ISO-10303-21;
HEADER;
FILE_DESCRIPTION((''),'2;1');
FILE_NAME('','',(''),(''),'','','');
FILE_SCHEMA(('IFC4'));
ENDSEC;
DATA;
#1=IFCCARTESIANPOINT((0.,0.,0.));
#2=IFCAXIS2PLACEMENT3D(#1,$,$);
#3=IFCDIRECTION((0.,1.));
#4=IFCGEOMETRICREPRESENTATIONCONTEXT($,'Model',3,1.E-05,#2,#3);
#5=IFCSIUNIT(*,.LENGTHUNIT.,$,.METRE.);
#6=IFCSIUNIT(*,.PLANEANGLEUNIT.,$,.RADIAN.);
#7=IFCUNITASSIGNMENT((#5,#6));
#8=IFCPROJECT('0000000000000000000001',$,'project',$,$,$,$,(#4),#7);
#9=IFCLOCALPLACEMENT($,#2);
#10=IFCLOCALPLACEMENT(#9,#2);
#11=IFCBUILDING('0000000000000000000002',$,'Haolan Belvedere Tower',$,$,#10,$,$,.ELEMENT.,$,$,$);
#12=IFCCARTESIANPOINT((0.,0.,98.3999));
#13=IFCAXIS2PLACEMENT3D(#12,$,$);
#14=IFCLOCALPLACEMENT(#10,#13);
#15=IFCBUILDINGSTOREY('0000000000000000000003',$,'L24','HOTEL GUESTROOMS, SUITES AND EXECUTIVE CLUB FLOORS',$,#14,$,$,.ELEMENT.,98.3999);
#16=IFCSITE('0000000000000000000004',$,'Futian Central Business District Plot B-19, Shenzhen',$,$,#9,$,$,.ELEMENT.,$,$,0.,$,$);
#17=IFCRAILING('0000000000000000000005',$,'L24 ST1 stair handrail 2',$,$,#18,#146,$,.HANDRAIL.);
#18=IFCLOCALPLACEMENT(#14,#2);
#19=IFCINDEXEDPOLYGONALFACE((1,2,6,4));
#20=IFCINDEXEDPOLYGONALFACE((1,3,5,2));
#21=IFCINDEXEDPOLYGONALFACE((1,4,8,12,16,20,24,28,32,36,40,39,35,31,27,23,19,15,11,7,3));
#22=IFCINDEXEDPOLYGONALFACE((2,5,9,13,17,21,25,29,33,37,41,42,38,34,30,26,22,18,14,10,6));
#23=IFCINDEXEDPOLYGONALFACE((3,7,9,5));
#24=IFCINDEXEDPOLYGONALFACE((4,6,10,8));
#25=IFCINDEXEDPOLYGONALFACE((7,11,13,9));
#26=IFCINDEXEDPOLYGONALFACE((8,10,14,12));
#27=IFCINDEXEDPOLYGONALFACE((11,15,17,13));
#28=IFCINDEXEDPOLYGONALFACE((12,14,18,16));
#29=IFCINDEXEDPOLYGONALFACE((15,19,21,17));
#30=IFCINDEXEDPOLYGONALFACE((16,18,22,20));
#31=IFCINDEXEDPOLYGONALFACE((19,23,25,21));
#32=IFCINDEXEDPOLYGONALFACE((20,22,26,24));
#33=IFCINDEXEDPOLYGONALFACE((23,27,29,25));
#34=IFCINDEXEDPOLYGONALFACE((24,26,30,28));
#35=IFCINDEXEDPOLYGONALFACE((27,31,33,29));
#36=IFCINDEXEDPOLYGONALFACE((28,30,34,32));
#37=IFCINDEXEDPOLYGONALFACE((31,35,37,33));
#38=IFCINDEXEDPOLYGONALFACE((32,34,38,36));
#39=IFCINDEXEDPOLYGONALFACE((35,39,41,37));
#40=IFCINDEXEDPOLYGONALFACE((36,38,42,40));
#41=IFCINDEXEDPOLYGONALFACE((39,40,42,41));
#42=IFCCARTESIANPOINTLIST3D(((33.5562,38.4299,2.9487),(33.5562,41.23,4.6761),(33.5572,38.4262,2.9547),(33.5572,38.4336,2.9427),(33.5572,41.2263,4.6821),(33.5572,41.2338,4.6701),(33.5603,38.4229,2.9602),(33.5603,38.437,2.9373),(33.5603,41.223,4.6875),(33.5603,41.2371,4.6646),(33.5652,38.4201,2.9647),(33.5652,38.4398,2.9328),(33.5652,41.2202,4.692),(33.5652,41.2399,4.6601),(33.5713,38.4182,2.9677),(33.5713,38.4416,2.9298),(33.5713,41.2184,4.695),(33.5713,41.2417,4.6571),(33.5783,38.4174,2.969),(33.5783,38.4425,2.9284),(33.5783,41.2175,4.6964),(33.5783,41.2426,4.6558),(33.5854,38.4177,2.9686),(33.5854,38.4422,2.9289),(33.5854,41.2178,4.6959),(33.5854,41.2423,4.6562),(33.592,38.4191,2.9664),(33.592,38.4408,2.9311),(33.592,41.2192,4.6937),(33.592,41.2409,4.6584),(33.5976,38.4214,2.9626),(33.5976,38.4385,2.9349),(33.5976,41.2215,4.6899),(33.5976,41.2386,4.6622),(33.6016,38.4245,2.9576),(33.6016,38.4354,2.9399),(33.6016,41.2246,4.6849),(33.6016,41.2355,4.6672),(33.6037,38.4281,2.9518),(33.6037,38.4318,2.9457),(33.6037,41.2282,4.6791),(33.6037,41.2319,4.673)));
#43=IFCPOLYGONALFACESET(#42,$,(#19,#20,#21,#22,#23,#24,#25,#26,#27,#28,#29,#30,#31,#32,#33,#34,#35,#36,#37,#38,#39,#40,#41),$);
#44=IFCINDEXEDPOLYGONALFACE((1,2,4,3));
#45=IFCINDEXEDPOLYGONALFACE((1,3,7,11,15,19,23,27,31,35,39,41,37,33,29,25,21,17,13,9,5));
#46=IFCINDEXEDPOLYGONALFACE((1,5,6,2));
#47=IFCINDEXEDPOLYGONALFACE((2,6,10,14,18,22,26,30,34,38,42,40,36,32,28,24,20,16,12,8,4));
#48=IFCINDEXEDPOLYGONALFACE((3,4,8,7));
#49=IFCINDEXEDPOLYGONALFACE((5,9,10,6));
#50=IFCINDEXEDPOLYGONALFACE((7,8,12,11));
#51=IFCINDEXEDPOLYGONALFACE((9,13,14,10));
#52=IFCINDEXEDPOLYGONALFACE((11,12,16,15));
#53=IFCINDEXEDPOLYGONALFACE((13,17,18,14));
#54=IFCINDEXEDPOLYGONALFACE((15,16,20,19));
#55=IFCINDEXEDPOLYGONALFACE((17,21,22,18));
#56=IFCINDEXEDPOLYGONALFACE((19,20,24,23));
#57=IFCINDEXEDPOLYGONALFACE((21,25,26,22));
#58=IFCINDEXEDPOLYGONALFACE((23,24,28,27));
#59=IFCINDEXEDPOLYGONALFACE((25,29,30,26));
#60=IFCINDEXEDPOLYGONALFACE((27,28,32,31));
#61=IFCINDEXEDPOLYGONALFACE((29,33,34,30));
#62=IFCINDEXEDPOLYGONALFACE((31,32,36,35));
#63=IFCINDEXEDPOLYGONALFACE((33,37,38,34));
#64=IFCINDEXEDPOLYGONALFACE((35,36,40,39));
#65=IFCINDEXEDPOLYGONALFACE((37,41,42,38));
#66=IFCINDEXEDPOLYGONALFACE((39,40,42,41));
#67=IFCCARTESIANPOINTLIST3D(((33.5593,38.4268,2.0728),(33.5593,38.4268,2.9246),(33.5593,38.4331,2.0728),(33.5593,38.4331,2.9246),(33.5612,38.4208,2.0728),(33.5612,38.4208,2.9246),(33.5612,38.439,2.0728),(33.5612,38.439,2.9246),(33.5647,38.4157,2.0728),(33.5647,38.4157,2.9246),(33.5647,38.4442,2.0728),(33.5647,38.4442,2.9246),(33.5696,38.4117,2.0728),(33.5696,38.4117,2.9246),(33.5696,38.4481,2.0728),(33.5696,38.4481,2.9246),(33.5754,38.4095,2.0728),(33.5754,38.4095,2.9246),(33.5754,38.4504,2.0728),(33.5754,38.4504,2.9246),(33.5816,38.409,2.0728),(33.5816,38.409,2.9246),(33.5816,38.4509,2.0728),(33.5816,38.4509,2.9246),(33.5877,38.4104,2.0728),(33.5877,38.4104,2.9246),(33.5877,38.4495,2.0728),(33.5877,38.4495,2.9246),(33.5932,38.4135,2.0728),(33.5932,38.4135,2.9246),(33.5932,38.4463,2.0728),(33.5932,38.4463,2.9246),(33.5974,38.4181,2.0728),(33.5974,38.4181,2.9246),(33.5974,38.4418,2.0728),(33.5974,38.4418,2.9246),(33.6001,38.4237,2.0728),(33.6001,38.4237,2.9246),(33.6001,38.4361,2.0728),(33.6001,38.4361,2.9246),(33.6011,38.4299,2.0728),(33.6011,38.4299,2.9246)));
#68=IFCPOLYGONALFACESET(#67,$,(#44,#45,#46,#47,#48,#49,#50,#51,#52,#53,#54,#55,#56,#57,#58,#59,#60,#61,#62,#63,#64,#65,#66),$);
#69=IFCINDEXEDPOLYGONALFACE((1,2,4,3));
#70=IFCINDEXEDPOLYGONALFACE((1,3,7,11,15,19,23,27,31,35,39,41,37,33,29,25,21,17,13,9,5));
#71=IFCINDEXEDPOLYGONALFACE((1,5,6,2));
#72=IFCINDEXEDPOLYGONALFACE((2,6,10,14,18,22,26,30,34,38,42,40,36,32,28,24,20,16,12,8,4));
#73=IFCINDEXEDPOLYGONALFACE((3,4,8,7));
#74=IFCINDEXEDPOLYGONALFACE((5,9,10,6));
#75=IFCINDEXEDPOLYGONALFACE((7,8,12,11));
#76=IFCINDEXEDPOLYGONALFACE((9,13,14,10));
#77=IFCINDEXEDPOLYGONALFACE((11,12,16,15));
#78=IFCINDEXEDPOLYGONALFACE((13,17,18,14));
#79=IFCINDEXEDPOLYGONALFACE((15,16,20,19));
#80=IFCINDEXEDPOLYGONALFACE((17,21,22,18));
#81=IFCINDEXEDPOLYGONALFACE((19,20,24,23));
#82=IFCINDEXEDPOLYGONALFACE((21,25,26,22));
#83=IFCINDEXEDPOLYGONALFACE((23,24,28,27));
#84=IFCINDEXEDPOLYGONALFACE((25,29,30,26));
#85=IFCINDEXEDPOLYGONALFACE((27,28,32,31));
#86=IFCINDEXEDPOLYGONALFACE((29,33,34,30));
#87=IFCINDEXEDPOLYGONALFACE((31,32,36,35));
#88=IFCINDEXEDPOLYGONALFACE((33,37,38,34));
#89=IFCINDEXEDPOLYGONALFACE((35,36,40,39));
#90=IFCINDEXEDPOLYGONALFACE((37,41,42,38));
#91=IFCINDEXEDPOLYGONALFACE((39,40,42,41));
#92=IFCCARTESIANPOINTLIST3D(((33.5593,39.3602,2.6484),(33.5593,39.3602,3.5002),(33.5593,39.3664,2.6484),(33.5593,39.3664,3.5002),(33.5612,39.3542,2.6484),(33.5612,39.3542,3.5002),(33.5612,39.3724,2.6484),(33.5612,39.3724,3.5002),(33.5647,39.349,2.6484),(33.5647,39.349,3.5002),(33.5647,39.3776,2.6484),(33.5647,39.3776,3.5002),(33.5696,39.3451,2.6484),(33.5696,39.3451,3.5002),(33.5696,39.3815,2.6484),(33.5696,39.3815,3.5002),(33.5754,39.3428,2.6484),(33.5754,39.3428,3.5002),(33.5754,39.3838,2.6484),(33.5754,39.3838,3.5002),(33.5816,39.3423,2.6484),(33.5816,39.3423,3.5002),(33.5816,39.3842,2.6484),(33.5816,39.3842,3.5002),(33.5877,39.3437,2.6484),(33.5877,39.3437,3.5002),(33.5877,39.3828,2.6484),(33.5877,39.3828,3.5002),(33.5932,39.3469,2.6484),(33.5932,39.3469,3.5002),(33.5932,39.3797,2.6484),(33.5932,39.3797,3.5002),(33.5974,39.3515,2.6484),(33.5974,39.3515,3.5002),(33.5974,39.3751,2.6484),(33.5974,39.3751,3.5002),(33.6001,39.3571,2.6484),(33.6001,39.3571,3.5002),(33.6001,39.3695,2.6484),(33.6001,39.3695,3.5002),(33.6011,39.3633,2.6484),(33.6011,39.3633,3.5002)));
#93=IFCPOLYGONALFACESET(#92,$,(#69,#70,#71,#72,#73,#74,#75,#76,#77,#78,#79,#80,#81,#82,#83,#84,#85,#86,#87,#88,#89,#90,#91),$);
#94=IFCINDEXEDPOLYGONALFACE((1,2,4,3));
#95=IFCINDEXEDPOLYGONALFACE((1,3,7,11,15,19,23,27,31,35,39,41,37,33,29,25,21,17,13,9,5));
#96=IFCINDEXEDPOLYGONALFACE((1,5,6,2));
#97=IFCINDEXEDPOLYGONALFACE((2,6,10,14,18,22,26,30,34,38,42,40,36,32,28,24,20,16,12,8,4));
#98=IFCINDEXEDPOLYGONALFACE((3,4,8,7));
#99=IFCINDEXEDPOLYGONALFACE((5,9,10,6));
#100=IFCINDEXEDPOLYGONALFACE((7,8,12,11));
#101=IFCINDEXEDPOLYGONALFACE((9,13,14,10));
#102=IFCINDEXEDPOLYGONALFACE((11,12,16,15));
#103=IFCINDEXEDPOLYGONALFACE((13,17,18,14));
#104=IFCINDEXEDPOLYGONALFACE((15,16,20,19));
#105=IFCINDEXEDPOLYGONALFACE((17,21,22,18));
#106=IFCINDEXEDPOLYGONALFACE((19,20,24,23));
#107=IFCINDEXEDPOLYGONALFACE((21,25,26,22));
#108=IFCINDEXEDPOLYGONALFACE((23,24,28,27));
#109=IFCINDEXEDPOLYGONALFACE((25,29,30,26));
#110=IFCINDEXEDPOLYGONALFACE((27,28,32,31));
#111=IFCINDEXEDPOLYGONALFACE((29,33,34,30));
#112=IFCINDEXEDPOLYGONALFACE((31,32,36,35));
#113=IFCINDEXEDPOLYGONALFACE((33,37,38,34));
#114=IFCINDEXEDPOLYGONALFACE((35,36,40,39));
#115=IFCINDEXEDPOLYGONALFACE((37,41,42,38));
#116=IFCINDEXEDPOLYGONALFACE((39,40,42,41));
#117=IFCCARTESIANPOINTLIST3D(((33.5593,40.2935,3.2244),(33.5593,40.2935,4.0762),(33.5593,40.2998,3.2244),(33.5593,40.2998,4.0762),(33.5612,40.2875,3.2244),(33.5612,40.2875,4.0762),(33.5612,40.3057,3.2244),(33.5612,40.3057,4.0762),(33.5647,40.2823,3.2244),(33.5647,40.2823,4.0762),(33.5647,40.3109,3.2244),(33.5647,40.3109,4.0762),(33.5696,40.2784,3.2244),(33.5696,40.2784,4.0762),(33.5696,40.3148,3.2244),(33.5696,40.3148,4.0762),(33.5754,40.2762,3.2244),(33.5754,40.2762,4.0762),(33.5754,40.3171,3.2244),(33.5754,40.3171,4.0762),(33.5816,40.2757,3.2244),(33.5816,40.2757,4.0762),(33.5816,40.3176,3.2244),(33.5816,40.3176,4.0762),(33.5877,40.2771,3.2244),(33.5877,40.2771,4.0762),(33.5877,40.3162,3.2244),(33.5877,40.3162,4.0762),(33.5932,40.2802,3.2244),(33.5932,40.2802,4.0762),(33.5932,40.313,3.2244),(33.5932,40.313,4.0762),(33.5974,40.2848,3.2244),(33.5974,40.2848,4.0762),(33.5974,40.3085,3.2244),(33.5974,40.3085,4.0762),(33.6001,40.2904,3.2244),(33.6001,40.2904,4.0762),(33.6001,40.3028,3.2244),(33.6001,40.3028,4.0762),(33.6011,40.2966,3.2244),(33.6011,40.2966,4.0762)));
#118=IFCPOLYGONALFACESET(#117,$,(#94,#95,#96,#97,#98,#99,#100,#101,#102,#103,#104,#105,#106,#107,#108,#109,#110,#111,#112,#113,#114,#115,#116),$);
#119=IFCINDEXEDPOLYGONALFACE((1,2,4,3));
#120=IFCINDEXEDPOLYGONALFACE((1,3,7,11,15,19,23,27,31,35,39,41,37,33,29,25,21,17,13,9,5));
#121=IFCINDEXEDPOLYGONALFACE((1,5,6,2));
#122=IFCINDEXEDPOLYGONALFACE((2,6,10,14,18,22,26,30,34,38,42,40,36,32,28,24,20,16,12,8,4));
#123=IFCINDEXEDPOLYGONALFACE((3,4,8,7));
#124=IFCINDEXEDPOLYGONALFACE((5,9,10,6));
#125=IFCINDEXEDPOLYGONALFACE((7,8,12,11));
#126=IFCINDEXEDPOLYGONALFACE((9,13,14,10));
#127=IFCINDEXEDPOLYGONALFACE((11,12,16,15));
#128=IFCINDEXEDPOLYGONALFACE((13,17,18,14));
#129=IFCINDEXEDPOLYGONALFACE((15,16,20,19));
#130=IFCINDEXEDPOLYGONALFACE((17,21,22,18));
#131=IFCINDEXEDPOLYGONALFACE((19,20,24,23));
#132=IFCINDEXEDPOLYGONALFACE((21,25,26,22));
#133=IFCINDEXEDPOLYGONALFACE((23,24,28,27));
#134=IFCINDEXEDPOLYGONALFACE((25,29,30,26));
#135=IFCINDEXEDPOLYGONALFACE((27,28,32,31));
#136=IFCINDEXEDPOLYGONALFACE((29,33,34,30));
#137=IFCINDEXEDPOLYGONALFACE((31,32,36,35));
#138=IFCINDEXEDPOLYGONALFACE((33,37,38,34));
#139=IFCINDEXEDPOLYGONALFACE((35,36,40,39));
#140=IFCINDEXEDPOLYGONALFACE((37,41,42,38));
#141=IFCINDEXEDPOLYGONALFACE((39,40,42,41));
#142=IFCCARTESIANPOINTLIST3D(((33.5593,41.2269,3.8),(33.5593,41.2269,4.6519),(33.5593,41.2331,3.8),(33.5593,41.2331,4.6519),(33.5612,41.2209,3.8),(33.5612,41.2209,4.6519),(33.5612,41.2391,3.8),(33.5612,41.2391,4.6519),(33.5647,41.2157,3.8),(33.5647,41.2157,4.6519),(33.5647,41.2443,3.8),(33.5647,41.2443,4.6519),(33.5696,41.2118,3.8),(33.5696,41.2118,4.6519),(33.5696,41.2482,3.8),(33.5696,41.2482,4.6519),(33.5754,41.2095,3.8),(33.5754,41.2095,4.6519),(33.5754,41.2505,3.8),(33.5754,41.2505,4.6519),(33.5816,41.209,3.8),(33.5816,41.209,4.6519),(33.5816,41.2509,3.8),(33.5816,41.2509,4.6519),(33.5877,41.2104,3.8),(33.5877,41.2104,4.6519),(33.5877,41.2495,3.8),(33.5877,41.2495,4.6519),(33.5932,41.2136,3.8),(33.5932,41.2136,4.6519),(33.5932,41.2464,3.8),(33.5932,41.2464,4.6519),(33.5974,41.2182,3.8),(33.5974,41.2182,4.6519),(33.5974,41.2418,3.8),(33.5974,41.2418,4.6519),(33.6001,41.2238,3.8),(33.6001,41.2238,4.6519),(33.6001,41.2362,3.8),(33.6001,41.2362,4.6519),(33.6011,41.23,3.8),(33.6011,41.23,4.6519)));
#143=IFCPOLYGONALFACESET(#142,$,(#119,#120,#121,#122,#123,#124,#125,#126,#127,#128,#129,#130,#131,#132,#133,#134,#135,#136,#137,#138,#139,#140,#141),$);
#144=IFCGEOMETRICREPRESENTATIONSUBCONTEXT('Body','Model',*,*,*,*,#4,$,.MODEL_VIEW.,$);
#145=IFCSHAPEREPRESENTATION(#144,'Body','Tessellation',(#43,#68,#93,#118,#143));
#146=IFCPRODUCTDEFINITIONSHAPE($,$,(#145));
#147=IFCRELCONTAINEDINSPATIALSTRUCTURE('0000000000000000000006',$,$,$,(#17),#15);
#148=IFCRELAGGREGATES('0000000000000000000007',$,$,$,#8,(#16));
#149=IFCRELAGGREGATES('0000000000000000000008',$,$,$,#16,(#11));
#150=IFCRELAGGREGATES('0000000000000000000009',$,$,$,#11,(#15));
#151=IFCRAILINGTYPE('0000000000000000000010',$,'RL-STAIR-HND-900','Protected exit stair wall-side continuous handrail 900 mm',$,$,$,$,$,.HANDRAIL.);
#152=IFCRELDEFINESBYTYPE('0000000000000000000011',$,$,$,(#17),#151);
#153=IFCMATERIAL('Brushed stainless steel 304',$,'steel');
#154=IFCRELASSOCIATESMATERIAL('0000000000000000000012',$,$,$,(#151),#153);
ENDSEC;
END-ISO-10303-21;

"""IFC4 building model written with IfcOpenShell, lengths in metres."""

from ifc_helpers import new_model, si_unit, direction, frame, origin, origin_2d, place, context, subcontext, project, spatial, circle, extrude, material, type_object, element, save


model = new_model("IFC4")

# Units and contexts
model_context = context("Model", 3, precision=1e-05, world=origin(), true_north=direction((0.0, 1.0)))
body_context = subcontext(model_context, "Body", "Model", "MODEL_VIEW")
ifc_project = project(units=[si_unit("LENGTHUNIT", "METRE"), si_unit("PLANEANGLEUNIT", "RADIAN")], contexts=[model_context])

# Site, building, storey
site_placement = place(None, origin())
site = spatial("IfcSite", under=ifc_project, at=site_placement, Name="Futian Central Business District Plot B-19, Shenzhen", CompositionType="ELEMENT", RefElevation=0.0)
building_placement = place(site_placement, origin())
building = spatial("IfcBuilding", under=site, at=building_placement, Name="Haolan Belvedere Tower", CompositionType="ELEMENT")
storey_placement = place(building_placement, frame((0.0, 0.0, 98.3999)))
storey = spatial("IfcBuildingStorey", under=building, at=storey_placement, Name="L24", Description="HOTEL GUESTROOMS, SUITES AND EXECUTIVE CLUB FLOORS", CompositionType="ELEMENT", Elevation=98.3999)

# Railing
ifc_material_1 = material(Name="Brushed stainless steel 304", Category="steel")
railing_type_1 = type_object("IfcRailingType", Name="RL-STAIR-HND-900", Description="Protected exit stair wall-side continuous handrail 900 mm", PredefinedType="HANDRAIL", material=ifc_material_1)
railing_1_placement = place(storey_placement, frame((33.5801, 38.4299, 2.0728)))
element("IfcRailing", 1, at=railing_1_placement, inside=storey, type_object=railing_type_1, Name="L24 ST1 stair handrail 2", PredefinedType="HANDRAIL", context=body_context, shape_type="SweptSolid", body=[
    extrude(circle(Radius=0.0239, at=origin_2d()), frame((0.0, 0.0, 0.876), z_axis=(0.0, 0.85109, 0.52502), x_axis=(-1.0, 0.0, 0.0)), (0.0, 0.0, 1.0), 3.29),
    extrude(circle(Radius=0.021, at=origin_2d()), origin(), (0.0, 0.0, 1.0), 0.8518),
    extrude(circle(Radius=0.021, at=origin_2d()), frame((0.0, 0.9333, 0.5757)), (0.0, 0.0, 1.0), 0.8518),
    extrude(circle(Radius=0.021, at=origin_2d()), frame((0.0, 1.8667, 1.1516)), (0.0, 0.0, 1.0), 0.8518),
    extrude(circle(Radius=0.021, at=origin_2d()), frame((0.0, 2.8, 1.7273)), (0.0, 0.0, 1.0), 0.8518),
])

save(model, "model.ifc")
